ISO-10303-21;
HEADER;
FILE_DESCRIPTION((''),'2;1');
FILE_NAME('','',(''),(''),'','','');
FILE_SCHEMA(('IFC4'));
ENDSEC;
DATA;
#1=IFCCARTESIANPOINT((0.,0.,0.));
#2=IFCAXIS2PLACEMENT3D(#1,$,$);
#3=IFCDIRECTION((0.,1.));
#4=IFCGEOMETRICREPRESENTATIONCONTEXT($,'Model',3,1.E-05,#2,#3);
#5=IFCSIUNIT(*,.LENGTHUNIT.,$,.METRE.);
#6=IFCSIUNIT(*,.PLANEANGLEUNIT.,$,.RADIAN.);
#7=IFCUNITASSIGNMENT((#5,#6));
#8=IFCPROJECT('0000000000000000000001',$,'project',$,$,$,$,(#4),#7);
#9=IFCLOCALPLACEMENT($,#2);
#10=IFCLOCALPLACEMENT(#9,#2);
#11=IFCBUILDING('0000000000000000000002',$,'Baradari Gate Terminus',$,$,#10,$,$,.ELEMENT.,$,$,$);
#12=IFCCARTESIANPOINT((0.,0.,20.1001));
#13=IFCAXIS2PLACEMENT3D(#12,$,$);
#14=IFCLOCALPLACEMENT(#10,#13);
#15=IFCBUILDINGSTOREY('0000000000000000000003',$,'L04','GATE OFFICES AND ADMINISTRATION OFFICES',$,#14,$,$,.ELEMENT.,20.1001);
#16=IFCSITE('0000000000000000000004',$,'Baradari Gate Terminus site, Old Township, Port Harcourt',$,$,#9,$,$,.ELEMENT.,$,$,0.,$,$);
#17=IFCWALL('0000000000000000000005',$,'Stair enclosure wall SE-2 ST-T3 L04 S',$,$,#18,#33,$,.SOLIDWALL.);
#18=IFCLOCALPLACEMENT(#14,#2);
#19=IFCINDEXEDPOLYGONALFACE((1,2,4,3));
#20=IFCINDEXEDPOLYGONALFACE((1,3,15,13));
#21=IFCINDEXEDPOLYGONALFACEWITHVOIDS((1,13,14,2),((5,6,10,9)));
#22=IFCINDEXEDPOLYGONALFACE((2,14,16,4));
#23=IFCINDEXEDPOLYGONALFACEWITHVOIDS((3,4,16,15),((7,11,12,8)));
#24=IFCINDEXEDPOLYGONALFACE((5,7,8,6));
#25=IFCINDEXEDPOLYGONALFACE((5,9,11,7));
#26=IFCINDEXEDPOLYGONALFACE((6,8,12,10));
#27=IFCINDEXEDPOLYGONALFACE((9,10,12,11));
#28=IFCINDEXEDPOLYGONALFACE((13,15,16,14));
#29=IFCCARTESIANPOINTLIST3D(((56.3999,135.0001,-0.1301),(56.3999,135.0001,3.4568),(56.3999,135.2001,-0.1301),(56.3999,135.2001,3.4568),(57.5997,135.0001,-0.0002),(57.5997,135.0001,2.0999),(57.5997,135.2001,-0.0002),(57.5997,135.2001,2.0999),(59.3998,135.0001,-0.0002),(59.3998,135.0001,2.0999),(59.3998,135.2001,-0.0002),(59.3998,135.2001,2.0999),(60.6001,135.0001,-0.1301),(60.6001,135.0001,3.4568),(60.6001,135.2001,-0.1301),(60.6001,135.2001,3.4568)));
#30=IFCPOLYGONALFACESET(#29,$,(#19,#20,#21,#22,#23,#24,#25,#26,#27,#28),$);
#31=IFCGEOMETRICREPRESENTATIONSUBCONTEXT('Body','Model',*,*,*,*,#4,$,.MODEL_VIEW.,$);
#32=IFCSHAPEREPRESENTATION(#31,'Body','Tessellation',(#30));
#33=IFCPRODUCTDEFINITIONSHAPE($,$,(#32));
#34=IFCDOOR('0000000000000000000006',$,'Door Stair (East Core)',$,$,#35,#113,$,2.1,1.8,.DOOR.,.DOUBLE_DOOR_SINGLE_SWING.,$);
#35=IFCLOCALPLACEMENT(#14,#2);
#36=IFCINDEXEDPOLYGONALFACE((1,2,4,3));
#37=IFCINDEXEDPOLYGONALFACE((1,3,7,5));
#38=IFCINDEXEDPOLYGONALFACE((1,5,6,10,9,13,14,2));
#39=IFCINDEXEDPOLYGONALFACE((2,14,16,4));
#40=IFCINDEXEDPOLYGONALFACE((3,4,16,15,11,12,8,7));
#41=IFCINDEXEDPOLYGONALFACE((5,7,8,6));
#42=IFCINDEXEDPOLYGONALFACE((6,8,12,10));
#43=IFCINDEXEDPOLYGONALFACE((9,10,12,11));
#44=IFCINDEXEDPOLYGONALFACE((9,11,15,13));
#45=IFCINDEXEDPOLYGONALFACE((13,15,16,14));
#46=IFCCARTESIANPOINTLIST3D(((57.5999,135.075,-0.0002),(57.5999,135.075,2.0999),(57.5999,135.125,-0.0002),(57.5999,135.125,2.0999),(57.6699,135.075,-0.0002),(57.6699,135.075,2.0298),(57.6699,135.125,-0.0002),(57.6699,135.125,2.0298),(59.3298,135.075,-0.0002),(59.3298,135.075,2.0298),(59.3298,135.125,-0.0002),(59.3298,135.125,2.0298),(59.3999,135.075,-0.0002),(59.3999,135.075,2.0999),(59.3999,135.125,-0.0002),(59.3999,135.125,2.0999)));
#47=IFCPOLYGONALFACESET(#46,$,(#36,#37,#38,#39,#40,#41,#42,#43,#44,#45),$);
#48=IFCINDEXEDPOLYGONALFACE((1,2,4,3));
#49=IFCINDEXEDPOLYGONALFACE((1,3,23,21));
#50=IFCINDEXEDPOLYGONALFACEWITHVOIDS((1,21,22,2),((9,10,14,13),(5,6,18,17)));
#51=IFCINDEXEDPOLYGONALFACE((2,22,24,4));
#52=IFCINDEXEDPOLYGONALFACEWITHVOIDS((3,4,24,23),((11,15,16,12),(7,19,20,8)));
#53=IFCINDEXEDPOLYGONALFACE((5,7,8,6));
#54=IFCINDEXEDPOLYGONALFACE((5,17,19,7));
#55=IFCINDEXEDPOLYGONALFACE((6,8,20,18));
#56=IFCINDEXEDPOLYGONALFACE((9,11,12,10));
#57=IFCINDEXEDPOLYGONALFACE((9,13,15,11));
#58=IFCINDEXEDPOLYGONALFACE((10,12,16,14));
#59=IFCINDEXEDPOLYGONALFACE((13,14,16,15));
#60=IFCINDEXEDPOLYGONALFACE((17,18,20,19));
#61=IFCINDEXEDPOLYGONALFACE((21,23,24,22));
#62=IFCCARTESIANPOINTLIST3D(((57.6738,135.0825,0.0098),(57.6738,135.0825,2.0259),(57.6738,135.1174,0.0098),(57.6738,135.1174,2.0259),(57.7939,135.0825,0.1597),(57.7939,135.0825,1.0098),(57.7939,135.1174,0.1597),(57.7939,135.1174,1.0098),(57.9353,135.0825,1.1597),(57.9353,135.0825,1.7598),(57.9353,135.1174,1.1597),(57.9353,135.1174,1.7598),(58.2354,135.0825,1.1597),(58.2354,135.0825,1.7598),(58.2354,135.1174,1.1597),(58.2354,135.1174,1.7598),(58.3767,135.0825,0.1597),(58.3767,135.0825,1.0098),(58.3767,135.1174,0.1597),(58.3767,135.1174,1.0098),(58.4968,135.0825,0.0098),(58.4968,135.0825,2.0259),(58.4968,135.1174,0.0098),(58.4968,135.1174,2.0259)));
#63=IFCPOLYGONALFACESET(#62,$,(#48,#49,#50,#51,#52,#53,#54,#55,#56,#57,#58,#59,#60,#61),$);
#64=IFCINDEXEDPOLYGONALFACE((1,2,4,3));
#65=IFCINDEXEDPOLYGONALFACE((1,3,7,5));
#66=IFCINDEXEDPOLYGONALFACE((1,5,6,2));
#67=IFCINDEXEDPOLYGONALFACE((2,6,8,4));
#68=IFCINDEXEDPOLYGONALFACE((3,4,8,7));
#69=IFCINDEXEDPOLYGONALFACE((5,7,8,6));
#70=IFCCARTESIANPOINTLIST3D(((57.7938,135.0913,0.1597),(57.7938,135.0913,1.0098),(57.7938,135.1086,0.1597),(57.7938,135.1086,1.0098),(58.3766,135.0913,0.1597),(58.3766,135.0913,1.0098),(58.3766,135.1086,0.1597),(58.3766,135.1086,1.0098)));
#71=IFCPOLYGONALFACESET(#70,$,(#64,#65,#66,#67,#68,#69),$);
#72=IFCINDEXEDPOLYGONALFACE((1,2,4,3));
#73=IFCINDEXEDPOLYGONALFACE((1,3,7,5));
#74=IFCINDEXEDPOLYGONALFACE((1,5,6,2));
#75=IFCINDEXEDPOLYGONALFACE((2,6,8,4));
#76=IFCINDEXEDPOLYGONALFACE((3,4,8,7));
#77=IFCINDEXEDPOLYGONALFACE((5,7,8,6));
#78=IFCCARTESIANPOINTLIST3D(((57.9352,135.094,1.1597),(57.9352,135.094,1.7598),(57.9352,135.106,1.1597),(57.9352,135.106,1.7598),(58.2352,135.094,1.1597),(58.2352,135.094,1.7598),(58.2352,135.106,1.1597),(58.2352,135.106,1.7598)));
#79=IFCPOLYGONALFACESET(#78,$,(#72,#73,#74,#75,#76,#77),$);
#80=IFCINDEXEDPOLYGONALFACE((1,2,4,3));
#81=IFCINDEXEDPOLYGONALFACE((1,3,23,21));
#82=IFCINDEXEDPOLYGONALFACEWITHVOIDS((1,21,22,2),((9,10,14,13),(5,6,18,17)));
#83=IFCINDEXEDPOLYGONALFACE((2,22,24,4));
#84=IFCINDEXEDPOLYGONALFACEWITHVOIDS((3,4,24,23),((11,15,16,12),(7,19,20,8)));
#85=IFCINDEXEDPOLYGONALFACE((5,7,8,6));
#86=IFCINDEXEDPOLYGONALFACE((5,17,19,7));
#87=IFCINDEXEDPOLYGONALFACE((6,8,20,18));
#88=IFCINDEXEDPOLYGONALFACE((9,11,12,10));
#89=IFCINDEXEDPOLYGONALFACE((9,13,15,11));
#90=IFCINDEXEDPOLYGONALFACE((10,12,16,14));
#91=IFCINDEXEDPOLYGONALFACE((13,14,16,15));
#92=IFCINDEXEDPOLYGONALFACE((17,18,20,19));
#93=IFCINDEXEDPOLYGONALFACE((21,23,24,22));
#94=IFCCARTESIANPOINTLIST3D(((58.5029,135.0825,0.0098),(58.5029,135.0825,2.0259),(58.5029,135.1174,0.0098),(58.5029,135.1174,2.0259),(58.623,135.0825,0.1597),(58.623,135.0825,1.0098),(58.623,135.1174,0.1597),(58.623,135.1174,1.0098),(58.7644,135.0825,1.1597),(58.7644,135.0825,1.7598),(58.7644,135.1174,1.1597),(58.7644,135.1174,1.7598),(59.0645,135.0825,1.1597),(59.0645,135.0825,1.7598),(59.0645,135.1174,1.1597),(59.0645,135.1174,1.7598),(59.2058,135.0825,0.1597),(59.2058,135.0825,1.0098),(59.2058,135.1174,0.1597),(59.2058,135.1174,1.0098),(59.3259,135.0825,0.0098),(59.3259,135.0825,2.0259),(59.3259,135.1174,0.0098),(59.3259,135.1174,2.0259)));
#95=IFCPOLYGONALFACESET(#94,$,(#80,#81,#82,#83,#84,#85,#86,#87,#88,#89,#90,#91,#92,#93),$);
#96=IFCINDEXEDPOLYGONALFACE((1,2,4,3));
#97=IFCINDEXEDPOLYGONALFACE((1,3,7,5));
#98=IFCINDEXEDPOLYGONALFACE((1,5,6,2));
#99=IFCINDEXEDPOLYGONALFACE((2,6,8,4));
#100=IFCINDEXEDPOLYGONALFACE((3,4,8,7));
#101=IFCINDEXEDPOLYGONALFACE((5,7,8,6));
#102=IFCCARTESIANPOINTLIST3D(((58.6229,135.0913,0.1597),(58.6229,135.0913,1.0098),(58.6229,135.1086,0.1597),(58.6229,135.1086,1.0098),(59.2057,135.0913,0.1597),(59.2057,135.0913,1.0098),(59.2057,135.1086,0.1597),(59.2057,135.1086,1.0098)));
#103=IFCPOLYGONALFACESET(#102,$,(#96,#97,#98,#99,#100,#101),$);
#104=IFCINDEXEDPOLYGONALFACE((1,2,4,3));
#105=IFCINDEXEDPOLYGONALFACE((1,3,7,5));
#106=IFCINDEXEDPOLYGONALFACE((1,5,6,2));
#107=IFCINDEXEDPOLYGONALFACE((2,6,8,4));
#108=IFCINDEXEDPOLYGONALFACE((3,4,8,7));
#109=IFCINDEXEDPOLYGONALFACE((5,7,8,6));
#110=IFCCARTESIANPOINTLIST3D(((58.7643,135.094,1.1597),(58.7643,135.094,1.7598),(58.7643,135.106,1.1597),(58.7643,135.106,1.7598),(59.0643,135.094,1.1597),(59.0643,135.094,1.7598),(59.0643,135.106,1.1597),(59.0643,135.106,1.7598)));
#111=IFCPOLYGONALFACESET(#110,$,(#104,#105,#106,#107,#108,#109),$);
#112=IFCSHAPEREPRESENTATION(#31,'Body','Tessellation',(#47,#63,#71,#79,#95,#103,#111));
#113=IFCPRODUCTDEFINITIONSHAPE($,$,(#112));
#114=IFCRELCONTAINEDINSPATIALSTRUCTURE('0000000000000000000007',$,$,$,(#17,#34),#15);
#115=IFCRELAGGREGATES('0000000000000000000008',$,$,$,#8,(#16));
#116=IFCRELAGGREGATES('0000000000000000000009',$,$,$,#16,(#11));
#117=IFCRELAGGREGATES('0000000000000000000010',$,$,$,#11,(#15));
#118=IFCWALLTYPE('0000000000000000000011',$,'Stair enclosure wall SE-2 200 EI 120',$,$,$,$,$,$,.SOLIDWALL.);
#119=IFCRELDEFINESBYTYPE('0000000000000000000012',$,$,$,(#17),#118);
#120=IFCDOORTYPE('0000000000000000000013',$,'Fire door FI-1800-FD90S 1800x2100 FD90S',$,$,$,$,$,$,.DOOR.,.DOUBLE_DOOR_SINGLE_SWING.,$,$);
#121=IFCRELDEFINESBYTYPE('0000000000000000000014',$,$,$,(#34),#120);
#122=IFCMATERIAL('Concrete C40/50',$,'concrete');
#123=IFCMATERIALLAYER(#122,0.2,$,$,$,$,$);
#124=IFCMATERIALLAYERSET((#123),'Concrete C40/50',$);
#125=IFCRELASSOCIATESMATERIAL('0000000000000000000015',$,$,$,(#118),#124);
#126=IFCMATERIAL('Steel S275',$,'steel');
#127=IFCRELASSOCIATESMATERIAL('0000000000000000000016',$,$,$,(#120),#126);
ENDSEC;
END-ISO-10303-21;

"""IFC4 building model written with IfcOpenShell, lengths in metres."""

from ifc_helpers import new_model, si_unit, direction, frame, frame_2d, origin, place, context, subcontext, project, spatial, polyline, rectangle, outline, extrude, material, layer, layer_set, type_object, element, fill, save


model = new_model("IFC4")

# Units and contexts
model_context = context("Model", 3, precision=1e-05, world=origin(), true_north=direction((0.0, 1.0)))
body_context = subcontext(model_context, "Body", "Model", "MODEL_VIEW")
ifc_project = project(units=[si_unit("LENGTHUNIT", "METRE"), si_unit("PLANEANGLEUNIT", "RADIAN")], contexts=[model_context])

# Site, building, storey
site_placement = place(None, origin())
site = spatial("IfcSite", under=ifc_project, at=site_placement, Name="Baradari Gate Terminus site, Old Township, Port Harcourt", CompositionType="ELEMENT", RefElevation=0.0)
building_placement = place(site_placement, origin())
building = spatial("IfcBuilding", under=site, at=building_placement, Name="Baradari Gate Terminus", CompositionType="ELEMENT")
storey_placement = place(building_placement, frame((0.0, 0.0, 20.1001)))
storey = spatial("IfcBuildingStorey", under=building, at=storey_placement, Name="L04", Description="GATE OFFICES AND ADMINISTRATION OFFICES", CompositionType="ELEMENT", Elevation=20.1001)

# Wall, opening, door
ifc_material_1 = material(Name="Concrete C40/50", Category="concrete")
ifc_layer_1 = layer(ifc_material_1, 0.2)
ifc_layer_set_1 = layer_set([ifc_layer_1], Name="Concrete C40/50")
wall_type_1 = type_object("IfcWallType", Name="Stair enclosure wall SE-2 200 EI 120", PredefinedType="SOLIDWALL", material=ifc_layer_set_1)
wall_1_placement = place(storey_placement, frame((56.3999, 135.1001, -0.1301), z_axis=(0.0, 0.0, 1.0), x_axis=(1.0, 0.0, 0.0)))
wall_1 = element("IfcWall", 1, at=wall_1_placement, inside=storey, type_object=wall_type_1, Name="Stair enclosure wall SE-2 ST-T3 L04 S", PredefinedType="SOLIDWALL", context=body_context, shape_type="SweptSolid", body=[
    extrude(rectangle(XDim=4.2002, YDim=0.2, at=frame_2d((2.1001, 0.0))), origin(), (0.0, 0.0, 1.0), 3.5869),
])
opening_1_placement = place(wall_1_placement, frame((1.2, 0.0, 0.1299)))
opening_1 = element("IfcOpeningElement", 2, at=opening_1_placement, cuts=wall_1, PredefinedType="OPENING", context=body_context, shape_type="SweptSolid", body=[
    extrude(rectangle(XDim=1.8, YDim=2.1001, at=frame_2d((0.8999, 1.05))), frame((0.0, 0.1099, 0.0), z_axis=(0.0, -1.0, 0.0), x_axis=(1.0, 0.0, 0.0)), (0.0, 0.0, 1.0), 0.22),
])
ifc_material_2 = material(Name="Steel S275", Category="steel")
door_type_1 = type_object("IfcDoorType", Name="Fire door FI-1800-FD90S 1800x2100 FD90S", OperationType="DOUBLE_DOOR_SINGLE_SWING", PredefinedType="DOOR", material=ifc_material_2)
door_1_placement = place(opening_1_placement, origin())
door_1 = element("IfcDoor", 3, at=door_1_placement, inside=storey, type_object=door_type_1, Name="Door Stair (East Core)", OperationType="DOUBLE_DOOR_SINGLE_SWING", OverallHeight=2.1, OverallWidth=1.8, PredefinedType="DOOR", context=body_context, shape_type="SweptSolid", body=[
    extrude(outline(polyline([(0.0, 0.0), (0.0701, 0.0), (0.0701, 2.03), (1.73, 2.03), (1.73, 0.0), (1.8, 0.0), (1.8, 2.1001), (0.0, 2.1001), (0.0, 0.0)])), frame((0.0, 0.0249, 0.0), z_axis=(0.0, -1.0, 0.0), x_axis=(1.0, 0.0, 0.0)), (0.0, 0.0, 1.0), 0.05),
    extrude(outline(polyline([(0.074, 0.01), (0.897, 0.01), (0.897, 2.0261), (0.074, 2.0261), (0.074, 0.01)]), holes=[polyline([(0.1941, 0.1599), (0.7769, 0.1599), (0.7769, 1.01), (0.1941, 1.01), (0.1941, 0.1599)]), polyline([(0.3354, 1.1599), (0.6355, 1.1599), (0.6355, 1.76), (0.3354, 1.76), (0.3354, 1.1599)])]), frame((0.0, 0.0173, 0.0), z_axis=(0.0, -1.0, 0.0), x_axis=(1.0, 0.0, 0.0)), (0.0, 0.0, 1.0), 0.0349),
    extrude(rectangle(XDim=0.5828, YDim=0.8501, at=frame_2d((0.4854, 0.585))), frame((0.0, 0.0085, 0.0), z_axis=(0.0, -1.0, 0.0), x_axis=(1.0, 0.0, 0.0)), (0.0, 0.0, 1.0), 0.0173),
    extrude(rectangle(XDim=0.3, YDim=0.6001, at=frame_2d((0.4854, 1.46))), frame((0.0, 0.0059, 0.0), z_axis=(0.0, -1.0, 0.0), x_axis=(1.0, 0.0, 0.0)), (0.0, 0.0, 1.0), 0.012),
    extrude(outline(polyline([(0.9031, 0.01), (1.7261, 0.01), (1.7261, 2.0261), (0.9031, 2.0261), (0.9031, 0.01)]), holes=[polyline([(1.0232, 0.1599), (1.606, 0.1599), (1.606, 1.01), (1.0232, 1.01), (1.0232, 0.1599)]), polyline([(1.1646, 1.1599), (1.4646, 1.1599), (1.4646, 1.76), (1.1646, 1.76), (1.1646, 1.1599)])]), frame((0.0, 0.0173, 0.0), z_axis=(0.0, -1.0, 0.0), x_axis=(1.0, 0.0, 0.0)), (0.0, 0.0, 1.0), 0.0349),
    extrude(rectangle(XDim=0.5828, YDim=0.8501, at=frame_2d((1.3145, 0.585))), frame((0.0, 0.0085, 0.0), z_axis=(0.0, -1.0, 0.0), x_axis=(1.0, 0.0, 0.0)), (0.0, 0.0, 1.0), 0.0173),
    extrude(rectangle(XDim=0.3, YDim=0.6001, at=frame_2d((1.3145, 1.46))), frame((0.0, 0.0059, 0.0), z_axis=(0.0, -1.0, 0.0), x_axis=(1.0, 0.0, 0.0)), (0.0, 0.0, 1.0), 0.012),
])
fill(opening_1, door_1)

save(model, "model.ifc")
